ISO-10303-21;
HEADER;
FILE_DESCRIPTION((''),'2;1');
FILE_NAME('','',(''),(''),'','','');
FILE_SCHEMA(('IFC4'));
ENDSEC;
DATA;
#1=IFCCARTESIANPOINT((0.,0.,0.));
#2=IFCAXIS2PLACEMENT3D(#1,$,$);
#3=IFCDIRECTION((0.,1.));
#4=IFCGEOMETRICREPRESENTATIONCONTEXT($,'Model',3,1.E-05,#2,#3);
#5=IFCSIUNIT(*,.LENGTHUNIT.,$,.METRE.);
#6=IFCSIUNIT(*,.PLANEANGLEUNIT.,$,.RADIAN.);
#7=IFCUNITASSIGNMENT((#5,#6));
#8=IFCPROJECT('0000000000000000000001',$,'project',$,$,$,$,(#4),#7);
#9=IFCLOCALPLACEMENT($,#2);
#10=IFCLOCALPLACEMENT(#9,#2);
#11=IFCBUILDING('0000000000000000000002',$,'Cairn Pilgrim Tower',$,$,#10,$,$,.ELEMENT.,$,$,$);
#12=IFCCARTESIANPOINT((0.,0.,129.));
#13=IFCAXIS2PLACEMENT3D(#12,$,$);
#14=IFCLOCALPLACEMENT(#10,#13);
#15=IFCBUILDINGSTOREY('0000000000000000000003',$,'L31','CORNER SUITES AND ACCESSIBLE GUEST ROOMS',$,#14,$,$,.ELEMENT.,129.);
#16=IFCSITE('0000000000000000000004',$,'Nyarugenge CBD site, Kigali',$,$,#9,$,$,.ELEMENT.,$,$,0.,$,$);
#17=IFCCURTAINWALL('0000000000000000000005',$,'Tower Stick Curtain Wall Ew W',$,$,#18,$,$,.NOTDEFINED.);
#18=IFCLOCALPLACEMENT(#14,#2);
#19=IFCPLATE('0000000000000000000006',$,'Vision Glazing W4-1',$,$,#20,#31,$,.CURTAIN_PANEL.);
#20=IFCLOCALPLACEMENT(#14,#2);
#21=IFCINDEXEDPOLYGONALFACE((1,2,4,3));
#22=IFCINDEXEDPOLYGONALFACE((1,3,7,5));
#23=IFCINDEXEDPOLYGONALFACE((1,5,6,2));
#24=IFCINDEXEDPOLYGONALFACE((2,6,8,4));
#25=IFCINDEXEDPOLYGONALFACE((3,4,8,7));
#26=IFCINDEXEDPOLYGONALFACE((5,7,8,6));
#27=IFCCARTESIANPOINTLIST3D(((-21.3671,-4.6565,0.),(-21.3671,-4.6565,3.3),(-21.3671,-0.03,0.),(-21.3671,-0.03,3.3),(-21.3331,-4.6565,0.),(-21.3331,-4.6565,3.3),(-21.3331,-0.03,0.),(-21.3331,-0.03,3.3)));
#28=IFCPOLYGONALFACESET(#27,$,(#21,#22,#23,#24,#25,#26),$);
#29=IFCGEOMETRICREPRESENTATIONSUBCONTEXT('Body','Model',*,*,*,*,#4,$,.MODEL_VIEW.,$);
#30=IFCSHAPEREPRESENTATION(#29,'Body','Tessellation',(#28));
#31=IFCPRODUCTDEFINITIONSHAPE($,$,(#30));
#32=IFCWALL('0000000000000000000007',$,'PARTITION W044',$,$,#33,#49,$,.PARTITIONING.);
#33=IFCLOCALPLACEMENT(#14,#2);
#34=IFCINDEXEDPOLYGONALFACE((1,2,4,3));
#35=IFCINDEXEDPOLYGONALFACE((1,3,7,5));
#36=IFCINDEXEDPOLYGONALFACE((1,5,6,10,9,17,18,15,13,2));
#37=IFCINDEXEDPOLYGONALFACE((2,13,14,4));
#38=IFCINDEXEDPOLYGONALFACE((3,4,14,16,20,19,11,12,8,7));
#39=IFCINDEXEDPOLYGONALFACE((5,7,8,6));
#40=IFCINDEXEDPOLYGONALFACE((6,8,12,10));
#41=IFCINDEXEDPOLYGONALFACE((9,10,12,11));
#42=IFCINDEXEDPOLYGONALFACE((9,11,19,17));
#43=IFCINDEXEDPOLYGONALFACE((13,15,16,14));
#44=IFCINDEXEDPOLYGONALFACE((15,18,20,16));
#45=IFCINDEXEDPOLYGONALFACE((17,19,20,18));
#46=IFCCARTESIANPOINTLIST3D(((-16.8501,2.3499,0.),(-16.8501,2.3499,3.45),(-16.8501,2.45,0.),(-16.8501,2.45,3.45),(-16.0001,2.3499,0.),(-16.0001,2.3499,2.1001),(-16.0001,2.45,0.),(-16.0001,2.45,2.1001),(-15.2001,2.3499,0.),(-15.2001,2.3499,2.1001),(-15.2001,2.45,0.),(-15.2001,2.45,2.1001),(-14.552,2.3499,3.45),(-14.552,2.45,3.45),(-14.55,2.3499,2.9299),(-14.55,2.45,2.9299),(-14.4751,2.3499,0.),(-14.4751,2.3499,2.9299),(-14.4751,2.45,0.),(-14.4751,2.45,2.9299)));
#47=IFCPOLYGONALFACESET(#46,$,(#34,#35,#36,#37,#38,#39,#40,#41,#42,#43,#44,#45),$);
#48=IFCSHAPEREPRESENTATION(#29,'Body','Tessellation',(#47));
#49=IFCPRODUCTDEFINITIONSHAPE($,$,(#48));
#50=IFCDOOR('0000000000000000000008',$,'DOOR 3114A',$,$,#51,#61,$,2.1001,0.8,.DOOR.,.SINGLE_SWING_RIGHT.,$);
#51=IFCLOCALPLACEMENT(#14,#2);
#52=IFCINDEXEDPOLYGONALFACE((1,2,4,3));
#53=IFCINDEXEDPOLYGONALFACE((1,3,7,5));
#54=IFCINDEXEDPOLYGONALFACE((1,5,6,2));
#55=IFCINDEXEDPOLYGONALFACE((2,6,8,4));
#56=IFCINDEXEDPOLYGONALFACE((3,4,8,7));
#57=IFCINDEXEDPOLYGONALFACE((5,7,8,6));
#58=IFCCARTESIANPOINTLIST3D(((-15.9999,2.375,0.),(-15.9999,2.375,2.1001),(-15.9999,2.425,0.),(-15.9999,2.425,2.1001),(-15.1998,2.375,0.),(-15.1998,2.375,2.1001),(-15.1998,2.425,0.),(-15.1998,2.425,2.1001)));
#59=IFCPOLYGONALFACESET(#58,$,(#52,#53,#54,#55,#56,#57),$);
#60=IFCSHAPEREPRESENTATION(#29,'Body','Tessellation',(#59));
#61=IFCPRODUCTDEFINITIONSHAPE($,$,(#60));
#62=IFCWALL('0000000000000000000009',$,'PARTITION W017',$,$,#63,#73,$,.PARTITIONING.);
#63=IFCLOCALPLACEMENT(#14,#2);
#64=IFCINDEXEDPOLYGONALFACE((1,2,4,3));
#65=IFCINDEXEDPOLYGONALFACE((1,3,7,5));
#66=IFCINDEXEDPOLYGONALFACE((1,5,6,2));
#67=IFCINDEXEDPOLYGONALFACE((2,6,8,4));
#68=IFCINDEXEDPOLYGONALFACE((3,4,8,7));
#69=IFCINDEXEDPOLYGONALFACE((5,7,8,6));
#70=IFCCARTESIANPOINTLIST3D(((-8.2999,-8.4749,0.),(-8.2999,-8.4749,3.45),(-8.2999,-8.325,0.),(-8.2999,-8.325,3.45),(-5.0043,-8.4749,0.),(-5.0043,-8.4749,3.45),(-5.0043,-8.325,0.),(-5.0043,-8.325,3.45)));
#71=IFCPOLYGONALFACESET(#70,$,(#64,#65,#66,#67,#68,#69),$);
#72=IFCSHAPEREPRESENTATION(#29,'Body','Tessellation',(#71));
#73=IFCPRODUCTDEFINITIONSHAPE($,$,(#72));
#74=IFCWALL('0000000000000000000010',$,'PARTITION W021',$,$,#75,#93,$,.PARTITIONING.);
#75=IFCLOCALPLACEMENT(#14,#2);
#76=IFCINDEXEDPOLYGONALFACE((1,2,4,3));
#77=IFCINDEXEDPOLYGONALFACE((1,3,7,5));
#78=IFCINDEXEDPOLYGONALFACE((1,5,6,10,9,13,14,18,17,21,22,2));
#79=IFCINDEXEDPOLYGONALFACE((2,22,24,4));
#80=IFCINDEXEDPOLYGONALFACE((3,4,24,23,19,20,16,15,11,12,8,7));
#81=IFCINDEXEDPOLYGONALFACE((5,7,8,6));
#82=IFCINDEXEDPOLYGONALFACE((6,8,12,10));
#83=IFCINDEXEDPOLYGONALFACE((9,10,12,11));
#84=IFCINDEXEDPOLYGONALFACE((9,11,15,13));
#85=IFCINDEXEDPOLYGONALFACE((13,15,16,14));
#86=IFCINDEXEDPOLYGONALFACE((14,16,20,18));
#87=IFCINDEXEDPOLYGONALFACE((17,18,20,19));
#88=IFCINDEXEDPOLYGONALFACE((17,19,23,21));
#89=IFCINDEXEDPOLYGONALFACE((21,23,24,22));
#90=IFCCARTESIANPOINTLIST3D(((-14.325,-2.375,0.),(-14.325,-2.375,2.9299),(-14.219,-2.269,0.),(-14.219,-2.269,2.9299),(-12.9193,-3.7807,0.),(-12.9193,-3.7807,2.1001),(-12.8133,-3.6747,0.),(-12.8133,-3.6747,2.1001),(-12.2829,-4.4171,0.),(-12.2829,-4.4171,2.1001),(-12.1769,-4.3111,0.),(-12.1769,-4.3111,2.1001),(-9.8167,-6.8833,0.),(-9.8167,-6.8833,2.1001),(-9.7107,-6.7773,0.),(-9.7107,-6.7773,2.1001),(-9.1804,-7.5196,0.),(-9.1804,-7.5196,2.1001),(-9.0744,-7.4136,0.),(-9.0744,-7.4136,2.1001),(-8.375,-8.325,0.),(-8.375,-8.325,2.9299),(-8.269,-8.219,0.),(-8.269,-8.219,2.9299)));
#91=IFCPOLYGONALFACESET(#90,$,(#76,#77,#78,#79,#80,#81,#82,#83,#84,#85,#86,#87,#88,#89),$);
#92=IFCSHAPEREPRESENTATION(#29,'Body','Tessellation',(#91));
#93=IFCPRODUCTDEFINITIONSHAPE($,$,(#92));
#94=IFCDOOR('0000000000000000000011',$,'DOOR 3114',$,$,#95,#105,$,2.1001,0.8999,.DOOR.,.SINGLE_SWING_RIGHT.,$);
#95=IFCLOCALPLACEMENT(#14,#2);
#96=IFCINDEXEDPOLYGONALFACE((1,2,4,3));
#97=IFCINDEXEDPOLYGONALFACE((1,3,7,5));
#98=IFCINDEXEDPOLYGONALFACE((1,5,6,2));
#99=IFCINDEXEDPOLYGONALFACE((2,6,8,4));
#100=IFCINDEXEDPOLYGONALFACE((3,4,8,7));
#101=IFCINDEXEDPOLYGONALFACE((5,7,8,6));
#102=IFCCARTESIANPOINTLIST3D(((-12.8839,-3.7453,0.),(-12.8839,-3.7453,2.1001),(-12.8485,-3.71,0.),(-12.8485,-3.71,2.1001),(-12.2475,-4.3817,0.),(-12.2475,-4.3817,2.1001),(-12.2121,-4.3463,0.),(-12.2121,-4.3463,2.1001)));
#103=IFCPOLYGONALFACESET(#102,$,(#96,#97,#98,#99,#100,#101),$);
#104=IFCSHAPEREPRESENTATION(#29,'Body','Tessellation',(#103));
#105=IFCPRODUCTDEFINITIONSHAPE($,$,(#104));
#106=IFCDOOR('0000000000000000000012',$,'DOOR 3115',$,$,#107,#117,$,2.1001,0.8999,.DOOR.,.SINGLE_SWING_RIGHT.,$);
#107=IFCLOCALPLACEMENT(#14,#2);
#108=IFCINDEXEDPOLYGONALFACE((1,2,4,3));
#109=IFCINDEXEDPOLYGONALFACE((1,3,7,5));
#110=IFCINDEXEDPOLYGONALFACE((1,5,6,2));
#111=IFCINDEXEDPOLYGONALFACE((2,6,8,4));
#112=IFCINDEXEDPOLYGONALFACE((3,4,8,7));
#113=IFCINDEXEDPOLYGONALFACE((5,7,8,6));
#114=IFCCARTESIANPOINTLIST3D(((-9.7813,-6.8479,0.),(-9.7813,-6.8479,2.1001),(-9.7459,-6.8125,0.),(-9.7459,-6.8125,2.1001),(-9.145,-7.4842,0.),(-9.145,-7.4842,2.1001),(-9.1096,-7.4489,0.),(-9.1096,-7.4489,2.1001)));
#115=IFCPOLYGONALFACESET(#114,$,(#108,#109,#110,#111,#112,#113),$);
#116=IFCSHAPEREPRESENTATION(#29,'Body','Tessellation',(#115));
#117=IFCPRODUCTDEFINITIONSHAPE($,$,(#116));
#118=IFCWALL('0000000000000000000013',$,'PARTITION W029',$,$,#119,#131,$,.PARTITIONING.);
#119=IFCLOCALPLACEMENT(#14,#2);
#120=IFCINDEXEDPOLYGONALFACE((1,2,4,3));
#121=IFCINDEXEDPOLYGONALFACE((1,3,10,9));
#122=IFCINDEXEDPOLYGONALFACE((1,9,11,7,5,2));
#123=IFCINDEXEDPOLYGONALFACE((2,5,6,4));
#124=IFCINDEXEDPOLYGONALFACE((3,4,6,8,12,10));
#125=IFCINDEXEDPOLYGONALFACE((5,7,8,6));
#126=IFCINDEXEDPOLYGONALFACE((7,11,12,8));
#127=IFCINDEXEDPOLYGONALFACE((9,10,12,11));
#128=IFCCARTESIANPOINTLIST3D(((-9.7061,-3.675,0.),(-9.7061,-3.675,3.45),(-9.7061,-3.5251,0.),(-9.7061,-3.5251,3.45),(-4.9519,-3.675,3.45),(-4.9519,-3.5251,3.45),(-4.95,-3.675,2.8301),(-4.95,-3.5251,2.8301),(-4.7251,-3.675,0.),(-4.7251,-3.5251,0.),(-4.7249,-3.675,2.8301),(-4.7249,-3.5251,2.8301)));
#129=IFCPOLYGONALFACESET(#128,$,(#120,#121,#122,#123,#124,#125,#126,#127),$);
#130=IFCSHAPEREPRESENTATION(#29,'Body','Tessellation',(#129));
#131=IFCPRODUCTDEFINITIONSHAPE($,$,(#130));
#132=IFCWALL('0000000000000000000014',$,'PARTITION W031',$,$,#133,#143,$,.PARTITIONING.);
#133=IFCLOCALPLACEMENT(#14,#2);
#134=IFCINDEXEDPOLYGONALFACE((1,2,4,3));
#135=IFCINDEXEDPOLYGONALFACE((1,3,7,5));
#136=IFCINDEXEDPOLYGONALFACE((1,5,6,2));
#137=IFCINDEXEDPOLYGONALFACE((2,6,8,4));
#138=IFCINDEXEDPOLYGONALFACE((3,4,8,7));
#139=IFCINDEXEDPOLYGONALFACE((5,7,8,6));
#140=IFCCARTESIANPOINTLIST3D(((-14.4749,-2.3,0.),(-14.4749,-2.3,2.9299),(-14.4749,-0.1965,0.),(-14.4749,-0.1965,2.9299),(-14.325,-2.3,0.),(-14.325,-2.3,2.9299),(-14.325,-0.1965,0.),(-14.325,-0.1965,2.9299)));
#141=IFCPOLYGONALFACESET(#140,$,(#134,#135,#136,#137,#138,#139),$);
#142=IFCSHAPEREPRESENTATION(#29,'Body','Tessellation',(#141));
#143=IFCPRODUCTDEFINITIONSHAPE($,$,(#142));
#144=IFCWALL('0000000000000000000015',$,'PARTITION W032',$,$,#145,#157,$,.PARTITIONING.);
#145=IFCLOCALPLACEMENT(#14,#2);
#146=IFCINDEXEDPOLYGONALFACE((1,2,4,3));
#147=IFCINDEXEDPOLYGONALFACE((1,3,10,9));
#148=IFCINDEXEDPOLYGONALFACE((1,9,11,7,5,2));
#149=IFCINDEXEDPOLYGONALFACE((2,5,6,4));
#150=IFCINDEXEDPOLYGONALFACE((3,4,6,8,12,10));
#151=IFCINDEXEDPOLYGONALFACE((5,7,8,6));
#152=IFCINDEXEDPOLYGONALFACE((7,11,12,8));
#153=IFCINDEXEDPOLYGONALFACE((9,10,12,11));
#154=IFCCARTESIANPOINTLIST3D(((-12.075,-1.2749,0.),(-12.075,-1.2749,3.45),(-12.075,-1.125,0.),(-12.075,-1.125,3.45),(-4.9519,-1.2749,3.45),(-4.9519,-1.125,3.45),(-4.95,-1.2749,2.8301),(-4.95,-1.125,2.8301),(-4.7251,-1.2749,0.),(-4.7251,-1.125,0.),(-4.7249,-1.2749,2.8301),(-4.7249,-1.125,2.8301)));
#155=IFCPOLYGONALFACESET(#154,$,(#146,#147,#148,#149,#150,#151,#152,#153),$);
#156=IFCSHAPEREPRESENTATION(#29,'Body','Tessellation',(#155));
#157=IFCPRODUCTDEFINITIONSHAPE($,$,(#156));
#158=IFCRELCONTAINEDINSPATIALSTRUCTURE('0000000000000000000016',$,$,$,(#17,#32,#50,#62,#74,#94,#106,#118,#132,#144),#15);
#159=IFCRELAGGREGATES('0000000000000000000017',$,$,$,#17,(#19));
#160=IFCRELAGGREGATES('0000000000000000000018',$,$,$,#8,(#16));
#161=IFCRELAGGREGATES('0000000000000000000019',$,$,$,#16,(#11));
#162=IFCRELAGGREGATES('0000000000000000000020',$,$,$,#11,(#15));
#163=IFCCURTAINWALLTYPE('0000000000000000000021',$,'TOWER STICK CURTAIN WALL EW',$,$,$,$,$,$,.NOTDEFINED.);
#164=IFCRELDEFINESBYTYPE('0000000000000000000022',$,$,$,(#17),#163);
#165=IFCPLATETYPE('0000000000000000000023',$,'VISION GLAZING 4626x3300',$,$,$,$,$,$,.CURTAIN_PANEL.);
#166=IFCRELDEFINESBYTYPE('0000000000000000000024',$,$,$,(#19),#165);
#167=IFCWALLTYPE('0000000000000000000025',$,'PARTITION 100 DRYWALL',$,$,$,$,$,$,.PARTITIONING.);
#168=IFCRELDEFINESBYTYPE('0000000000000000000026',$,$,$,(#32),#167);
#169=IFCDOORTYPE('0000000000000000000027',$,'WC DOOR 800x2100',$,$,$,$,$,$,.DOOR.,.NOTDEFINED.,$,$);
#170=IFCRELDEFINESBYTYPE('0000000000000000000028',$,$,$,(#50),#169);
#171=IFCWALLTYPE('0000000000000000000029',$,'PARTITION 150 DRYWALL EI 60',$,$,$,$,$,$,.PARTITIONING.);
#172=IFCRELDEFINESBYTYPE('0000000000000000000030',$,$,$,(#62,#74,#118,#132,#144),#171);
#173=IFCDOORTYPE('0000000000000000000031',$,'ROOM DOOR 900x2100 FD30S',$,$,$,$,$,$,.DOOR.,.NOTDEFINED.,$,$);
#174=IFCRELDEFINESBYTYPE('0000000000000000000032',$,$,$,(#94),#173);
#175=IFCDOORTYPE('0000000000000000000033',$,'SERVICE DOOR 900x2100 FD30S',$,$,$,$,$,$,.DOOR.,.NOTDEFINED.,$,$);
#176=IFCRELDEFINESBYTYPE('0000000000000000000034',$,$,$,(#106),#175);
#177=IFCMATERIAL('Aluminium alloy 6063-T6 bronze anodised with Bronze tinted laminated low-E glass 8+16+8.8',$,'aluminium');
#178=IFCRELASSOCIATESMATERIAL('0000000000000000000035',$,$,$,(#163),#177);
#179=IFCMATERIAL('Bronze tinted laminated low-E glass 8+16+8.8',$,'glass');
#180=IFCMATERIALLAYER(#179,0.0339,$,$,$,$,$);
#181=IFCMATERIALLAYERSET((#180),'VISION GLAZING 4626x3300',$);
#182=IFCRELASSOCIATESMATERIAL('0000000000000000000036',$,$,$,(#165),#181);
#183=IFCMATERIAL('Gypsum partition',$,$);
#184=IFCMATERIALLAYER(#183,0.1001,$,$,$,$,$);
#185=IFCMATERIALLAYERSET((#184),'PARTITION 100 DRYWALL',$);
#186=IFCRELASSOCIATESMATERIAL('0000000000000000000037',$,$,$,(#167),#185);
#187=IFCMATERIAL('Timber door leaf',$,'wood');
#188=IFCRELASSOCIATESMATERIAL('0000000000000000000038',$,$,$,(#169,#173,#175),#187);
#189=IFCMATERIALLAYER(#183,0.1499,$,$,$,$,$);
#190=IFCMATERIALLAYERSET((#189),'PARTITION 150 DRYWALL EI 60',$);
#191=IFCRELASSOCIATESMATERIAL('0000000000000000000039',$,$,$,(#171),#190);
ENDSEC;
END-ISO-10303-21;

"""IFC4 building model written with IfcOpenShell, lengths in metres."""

from ifc_helpers import new_model, si_unit, direction, frame, frame_2d, origin, origin_2d, place, context, subcontext, project, spatial, polyline, rectangle, outline, extrude, material, layer, layer_set, type_object, element, fill, aggregate, save


model = new_model("IFC4")

# Units and contexts
model_context = context("Model", 3, precision=1e-05, world=origin(), true_north=direction((0.0, 1.0)))
body_context = subcontext(model_context, "Body", "Model", "MODEL_VIEW")
ifc_project = project(units=[si_unit("LENGTHUNIT", "METRE"), si_unit("PLANEANGLEUNIT", "RADIAN")], contexts=[model_context])

# Site, building, storey
site_placement = place(None, origin())
site = spatial("IfcSite", under=ifc_project, at=site_placement, Name="Nyarugenge CBD site, Kigali", CompositionType="ELEMENT", RefElevation=0.0)
building_placement = place(site_placement, origin())
building = spatial("IfcBuilding", under=site, at=building_placement, Name="Cairn Pilgrim Tower", CompositionType="ELEMENT")
storey_placement = place(building_placement, frame((0.0, 0.0, 129.0)))
storey = spatial("IfcBuildingStorey", under=building, at=storey_placement, Name="L31", Description="CORNER SUITES AND ACCESSIBLE GUEST ROOMS", CompositionType="ELEMENT", Elevation=129.0)

# Curtain wall
ifc_material_1 = material(Name="Aluminium alloy 6063-T6 bronze anodised with Bronze tinted laminated low-E glass 8+16+8.8", Category="aluminium")
curtain_wall_type_1 = type_object("IfcCurtainWallType", Name="TOWER STICK CURTAIN WALL EW", PredefinedType="NOTDEFINED", material=ifc_material_1)
curtain_wall_1_placement = place(storey_placement, origin())
curtain_wall_1 = element("IfcCurtainWall", 1, at=curtain_wall_1_placement, inside=storey, type_object=curtain_wall_type_1, Name="Tower Stick Curtain Wall Ew W", PredefinedType="NOTDEFINED")

# Plate
ifc_material_2 = material(Name="Bronze tinted laminated low-E glass 8+16+8.8", Category="glass")
ifc_layer_1 = layer(ifc_material_2, 0.0339)
ifc_layer_set_1 = layer_set([ifc_layer_1], Name="VISION GLAZING 4626x3300")
plate_type_1 = type_object("IfcPlateType", Name="VISION GLAZING 4626x3300", PredefinedType="CURTAIN_PANEL", material=ifc_layer_set_1)
plate_1_placement = place(storey_placement, frame((-21.3501, -2.3433, 0.0), z_axis=(0.0, 0.0, 1.0), x_axis=(0.0, -1.0, 0.0)))
plate_1 = element("IfcPlate", 2, at=plate_1_placement, type_object=plate_type_1, Name="Vision Glazing W4-1", PredefinedType="CURTAIN_PANEL", context=body_context, shape_type="SweptSolid", body=[
    extrude(rectangle(XDim=4.6265, YDim=0.0339, at=origin_2d()), origin(), (0.0, 0.0, 1.0), 3.3),
])
aggregate(curtain_wall_1, [plate_1])

# Wall, opening, door
ifc_material_3 = material(Name="Gypsum partition")
ifc_layer_2 = layer(ifc_material_3, 0.1001)
ifc_layer_set_2 = layer_set([ifc_layer_2], Name="PARTITION 100 DRYWALL")
wall_type_1 = type_object("IfcWallType", Name="PARTITION 100 DRYWALL", PredefinedType="PARTITIONING", material=ifc_layer_set_2)
wall_1_placement = place(storey_placement, frame((-16.8501, 2.3999, 0.0), z_axis=(0.0, 0.0, 1.0), x_axis=(1.0, 0.0, 0.0)))
wall_1 = element("IfcWall", 3, at=wall_1_placement, inside=storey, type_object=wall_type_1, Name="PARTITION W044", PredefinedType="PARTITIONING", context=body_context, shape_type="SweptSolid", body=[
    extrude(outline(polyline([(0.0, 0.0), (2.375, 0.0), (2.375, 2.9299), (2.3, 2.9299), (2.2981, 3.45), (0.0, 3.45), (0.0, 0.0)])), frame((0.0, 0.05, 0.0), z_axis=(0.0, -1.0, 0.0), x_axis=(1.0, 0.0, 0.0)), (0.0, 0.0, 1.0), 0.1001),
])
opening_1_placement = place(wall_1_placement, frame((0.8501, 0.0, 0.0)))
opening_1 = element("IfcOpeningElement", 4, at=opening_1_placement, cuts=wall_1, PredefinedType="OPENING", context=body_context, shape_type="SweptSolid", body=[
    extrude(rectangle(XDim=0.8, YDim=2.1001, at=frame_2d((0.3999, 1.05))), frame((0.0, 0.0601, 0.0), z_axis=(0.0, -1.0, 0.0), x_axis=(1.0, 0.0, 0.0)), (0.0, 0.0, 1.0), 0.1201),
])
ifc_material_4 = material(Name="Timber door leaf", Category="wood")
door_type_1 = type_object("IfcDoorType", Name="WC DOOR 800x2100", OperationType="NOTDEFINED", PredefinedType="DOOR", material=ifc_material_4)
door_1_placement = place(opening_1_placement, frame((0.8, 0.0, 0.0), z_axis=(0.0, 0.0, 1.0), x_axis=(-1.0, 0.0, 0.0)))
door_1 = element("IfcDoor", 5, at=door_1_placement, inside=storey, type_object=door_type_1, Name="DOOR 3114A", OperationType="SINGLE_SWING_RIGHT", OverallHeight=2.1001, OverallWidth=0.8, PredefinedType="DOOR", context=body_context, shape_type="SweptSolid", body=[
    extrude(rectangle(XDim=0.8, YDim=2.1001, at=frame_2d((0.3999, 1.05))), frame((0.0, 0.0249, 0.0), z_axis=(0.0, -1.0, 0.0), x_axis=(1.0, 0.0, 0.0)), (0.0, 0.0, 1.0), 0.05),
])
fill(opening_1, door_1)

# Wall
ifc_layer_3 = layer(ifc_material_3, 0.1499)
ifc_layer_set_3 = layer_set([ifc_layer_3], Name="PARTITION 150 DRYWALL EI 60")
wall_type_2 = type_object("IfcWallType", Name="PARTITION 150 DRYWALL EI 60", PredefinedType="PARTITIONING", material=ifc_layer_set_3)
wall_2_placement = place(storey_placement, frame((-8.3, -8.3999, 0.0), z_axis=(0.0, 0.0, 1.0), x_axis=(1.0, 0.0, 0.0)))
element("IfcWall", 6, at=wall_2_placement, inside=storey, type_object=wall_type_2, Name="PARTITION W017", PredefinedType="PARTITIONING", context=body_context, shape_type="SweptSolid", body=[
    extrude(rectangle(XDim=3.2957, YDim=0.1499, at=frame_2d((1.6479, 0.0))), origin(), (0.0, 0.0, 1.0), 3.45),
])

# Wall, openings, doors
wall_3_placement = place(storey_placement, frame((-8.322, -8.272, 0.0), z_axis=(0.0, 0.0, 1.0), x_axis=(-0.707107, 0.707107, 0.0)))
wall_3 = element("IfcWall", 7, at=wall_3_placement, inside=storey, type_object=wall_type_2, Name="PARTITION W021", PredefinedType="PARTITIONING", context=body_context, shape_type="SweptSolid", body=[
    extrude(rectangle(XDim=8.4146, YDim=0.1499, at=frame_2d((4.2073, 0.0))), origin(), (0.0, 0.0, 1.0), 2.9299),
])
opening_2_placement = place(wall_3_placement, frame((5.5266, 0.0, 0.0)))
opening_2 = element("IfcOpeningElement", 8, at=opening_2_placement, cuts=wall_3, PredefinedType="OPENING", context=body_context, shape_type="SweptSolid", body=[
    extrude(rectangle(XDim=0.8999, YDim=2.1001, at=frame_2d((0.45, 1.05))), frame((0.0, 0.085, 0.0), z_axis=(0.0, -1.0, 0.0), x_axis=(1.0, 0.0, 0.0)), (0.0, 0.0, 1.0), 0.1699),
])
opening_3_placement = place(wall_3_placement, frame((1.1389, 0.0, 0.0)))
opening_3 = element("IfcOpeningElement", 9, at=opening_3_placement, cuts=wall_3, PredefinedType="OPENING", context=body_context, shape_type="SweptSolid", body=[
    extrude(rectangle(XDim=0.8999, YDim=2.1001, at=frame_2d((0.45, 1.05))), frame((0.0, 0.085, 0.0), z_axis=(0.0, -1.0, 0.0), x_axis=(1.0, 0.0, 0.0)), (0.0, 0.0, 1.0), 0.1699),
])
door_type_2 = type_object("IfcDoorType", Name="ROOM DOOR 900x2100 FD30S", OperationType="NOTDEFINED", PredefinedType="DOOR", material=ifc_material_4)
door_2_placement = place(opening_2_placement, origin())
door_2 = element("IfcDoor", 10, at=door_2_placement, inside=storey, type_object=door_type_2, Name="DOOR 3114", OperationType="SINGLE_SWING_RIGHT", OverallHeight=2.1001, OverallWidth=0.8999, PredefinedType="DOOR", context=body_context, shape_type="SweptSolid", body=[
    extrude(rectangle(XDim=0.8999, YDim=2.1001, at=frame_2d((0.45, 1.05))), frame((0.0, 0.0249, 0.0), z_axis=(0.0, -1.0, 0.0), x_axis=(1.0, 0.0, 0.0)), (0.0, 0.0, 1.0), 0.05),
])
fill(opening_2, door_2)
door_type_3 = type_object("IfcDoorType", Name="SERVICE DOOR 900x2100 FD30S", OperationType="NOTDEFINED", PredefinedType="DOOR", material=ifc_material_4)
door_3_placement = place(opening_3_placement, origin())
door_3 = element("IfcDoor", 11, at=door_3_placement, inside=storey, type_object=door_type_3, Name="DOOR 3115", OperationType="SINGLE_SWING_RIGHT", OverallHeight=2.1001, OverallWidth=0.8999, PredefinedType="DOOR", context=body_context, shape_type="SweptSolid", body=[
    extrude(rectangle(XDim=0.8999, YDim=2.1001, at=frame_2d((0.45, 1.05))), frame((0.0, 0.0249, 0.0), z_axis=(0.0, -1.0, 0.0), x_axis=(1.0, 0.0, 0.0)), (0.0, 0.0, 1.0), 0.05),
])
fill(opening_3, door_3)

# Walls
wall_4_placement = place(storey_placement, frame((-9.7061, -3.6001, 0.0), z_axis=(0.0, 0.0, 1.0), x_axis=(1.0, 0.0, 0.0)))
element("IfcWall", 12, at=wall_4_placement, inside=storey, type_object=wall_type_2, Name="PARTITION W029", PredefinedType="PARTITIONING", context=body_context, shape_type="SweptSolid", body=[
    extrude(outline(polyline([(0.0, 0.0), (4.981, 0.0), (4.9812, 2.8301), (4.7561, 2.8301), (4.7542, 3.45), (0.0, 3.45), (0.0, 0.0)])), frame((0.0, 0.075, 0.0), z_axis=(0.0, -1.0, 0.0), x_axis=(1.0, 0.0, 0.0)), (0.0, 0.0, 1.0), 0.1499),
])
wall_5_placement = place(storey_placement, frame((-14.3999, -2.3, 0.0), z_axis=(0.0, 0.0, 1.0), x_axis=(0.0, 1.0, 0.0)))
element("IfcWall", 13, at=wall_5_placement, inside=storey, type_object=wall_type_2, Name="PARTITION W031", PredefinedType="PARTITIONING", context=body_context, shape_type="SweptSolid", body=[
    extrude(rectangle(XDim=2.1035, YDim=0.1499, at=frame_2d((1.0518, 0.0))), origin(), (0.0, 0.0, 1.0), 2.9299),
])
wall_6_placement = place(storey_placement, frame((-12.075, -1.2, 0.0), z_axis=(0.0, 0.0, 1.0), x_axis=(1.0, 0.0, 0.0)))
element("IfcWall", 14, at=wall_6_placement, inside=storey, type_object=wall_type_2, Name="PARTITION W032", PredefinedType="PARTITIONING", context=body_context, shape_type="SweptSolid", body=[
    extrude(outline(polyline([(0.0, 0.0), (7.3499, 0.0), (7.3501, 2.8301), (7.125, 2.8301), (7.123, 3.45), (0.0, 3.45), (0.0, 0.0)])), frame((0.0, 0.075, 0.0), z_axis=(0.0, -1.0, 0.0), x_axis=(1.0, 0.0, 0.0)), (0.0, 0.0, 1.0), 0.1499),
])

save(model, "model.ifc")
